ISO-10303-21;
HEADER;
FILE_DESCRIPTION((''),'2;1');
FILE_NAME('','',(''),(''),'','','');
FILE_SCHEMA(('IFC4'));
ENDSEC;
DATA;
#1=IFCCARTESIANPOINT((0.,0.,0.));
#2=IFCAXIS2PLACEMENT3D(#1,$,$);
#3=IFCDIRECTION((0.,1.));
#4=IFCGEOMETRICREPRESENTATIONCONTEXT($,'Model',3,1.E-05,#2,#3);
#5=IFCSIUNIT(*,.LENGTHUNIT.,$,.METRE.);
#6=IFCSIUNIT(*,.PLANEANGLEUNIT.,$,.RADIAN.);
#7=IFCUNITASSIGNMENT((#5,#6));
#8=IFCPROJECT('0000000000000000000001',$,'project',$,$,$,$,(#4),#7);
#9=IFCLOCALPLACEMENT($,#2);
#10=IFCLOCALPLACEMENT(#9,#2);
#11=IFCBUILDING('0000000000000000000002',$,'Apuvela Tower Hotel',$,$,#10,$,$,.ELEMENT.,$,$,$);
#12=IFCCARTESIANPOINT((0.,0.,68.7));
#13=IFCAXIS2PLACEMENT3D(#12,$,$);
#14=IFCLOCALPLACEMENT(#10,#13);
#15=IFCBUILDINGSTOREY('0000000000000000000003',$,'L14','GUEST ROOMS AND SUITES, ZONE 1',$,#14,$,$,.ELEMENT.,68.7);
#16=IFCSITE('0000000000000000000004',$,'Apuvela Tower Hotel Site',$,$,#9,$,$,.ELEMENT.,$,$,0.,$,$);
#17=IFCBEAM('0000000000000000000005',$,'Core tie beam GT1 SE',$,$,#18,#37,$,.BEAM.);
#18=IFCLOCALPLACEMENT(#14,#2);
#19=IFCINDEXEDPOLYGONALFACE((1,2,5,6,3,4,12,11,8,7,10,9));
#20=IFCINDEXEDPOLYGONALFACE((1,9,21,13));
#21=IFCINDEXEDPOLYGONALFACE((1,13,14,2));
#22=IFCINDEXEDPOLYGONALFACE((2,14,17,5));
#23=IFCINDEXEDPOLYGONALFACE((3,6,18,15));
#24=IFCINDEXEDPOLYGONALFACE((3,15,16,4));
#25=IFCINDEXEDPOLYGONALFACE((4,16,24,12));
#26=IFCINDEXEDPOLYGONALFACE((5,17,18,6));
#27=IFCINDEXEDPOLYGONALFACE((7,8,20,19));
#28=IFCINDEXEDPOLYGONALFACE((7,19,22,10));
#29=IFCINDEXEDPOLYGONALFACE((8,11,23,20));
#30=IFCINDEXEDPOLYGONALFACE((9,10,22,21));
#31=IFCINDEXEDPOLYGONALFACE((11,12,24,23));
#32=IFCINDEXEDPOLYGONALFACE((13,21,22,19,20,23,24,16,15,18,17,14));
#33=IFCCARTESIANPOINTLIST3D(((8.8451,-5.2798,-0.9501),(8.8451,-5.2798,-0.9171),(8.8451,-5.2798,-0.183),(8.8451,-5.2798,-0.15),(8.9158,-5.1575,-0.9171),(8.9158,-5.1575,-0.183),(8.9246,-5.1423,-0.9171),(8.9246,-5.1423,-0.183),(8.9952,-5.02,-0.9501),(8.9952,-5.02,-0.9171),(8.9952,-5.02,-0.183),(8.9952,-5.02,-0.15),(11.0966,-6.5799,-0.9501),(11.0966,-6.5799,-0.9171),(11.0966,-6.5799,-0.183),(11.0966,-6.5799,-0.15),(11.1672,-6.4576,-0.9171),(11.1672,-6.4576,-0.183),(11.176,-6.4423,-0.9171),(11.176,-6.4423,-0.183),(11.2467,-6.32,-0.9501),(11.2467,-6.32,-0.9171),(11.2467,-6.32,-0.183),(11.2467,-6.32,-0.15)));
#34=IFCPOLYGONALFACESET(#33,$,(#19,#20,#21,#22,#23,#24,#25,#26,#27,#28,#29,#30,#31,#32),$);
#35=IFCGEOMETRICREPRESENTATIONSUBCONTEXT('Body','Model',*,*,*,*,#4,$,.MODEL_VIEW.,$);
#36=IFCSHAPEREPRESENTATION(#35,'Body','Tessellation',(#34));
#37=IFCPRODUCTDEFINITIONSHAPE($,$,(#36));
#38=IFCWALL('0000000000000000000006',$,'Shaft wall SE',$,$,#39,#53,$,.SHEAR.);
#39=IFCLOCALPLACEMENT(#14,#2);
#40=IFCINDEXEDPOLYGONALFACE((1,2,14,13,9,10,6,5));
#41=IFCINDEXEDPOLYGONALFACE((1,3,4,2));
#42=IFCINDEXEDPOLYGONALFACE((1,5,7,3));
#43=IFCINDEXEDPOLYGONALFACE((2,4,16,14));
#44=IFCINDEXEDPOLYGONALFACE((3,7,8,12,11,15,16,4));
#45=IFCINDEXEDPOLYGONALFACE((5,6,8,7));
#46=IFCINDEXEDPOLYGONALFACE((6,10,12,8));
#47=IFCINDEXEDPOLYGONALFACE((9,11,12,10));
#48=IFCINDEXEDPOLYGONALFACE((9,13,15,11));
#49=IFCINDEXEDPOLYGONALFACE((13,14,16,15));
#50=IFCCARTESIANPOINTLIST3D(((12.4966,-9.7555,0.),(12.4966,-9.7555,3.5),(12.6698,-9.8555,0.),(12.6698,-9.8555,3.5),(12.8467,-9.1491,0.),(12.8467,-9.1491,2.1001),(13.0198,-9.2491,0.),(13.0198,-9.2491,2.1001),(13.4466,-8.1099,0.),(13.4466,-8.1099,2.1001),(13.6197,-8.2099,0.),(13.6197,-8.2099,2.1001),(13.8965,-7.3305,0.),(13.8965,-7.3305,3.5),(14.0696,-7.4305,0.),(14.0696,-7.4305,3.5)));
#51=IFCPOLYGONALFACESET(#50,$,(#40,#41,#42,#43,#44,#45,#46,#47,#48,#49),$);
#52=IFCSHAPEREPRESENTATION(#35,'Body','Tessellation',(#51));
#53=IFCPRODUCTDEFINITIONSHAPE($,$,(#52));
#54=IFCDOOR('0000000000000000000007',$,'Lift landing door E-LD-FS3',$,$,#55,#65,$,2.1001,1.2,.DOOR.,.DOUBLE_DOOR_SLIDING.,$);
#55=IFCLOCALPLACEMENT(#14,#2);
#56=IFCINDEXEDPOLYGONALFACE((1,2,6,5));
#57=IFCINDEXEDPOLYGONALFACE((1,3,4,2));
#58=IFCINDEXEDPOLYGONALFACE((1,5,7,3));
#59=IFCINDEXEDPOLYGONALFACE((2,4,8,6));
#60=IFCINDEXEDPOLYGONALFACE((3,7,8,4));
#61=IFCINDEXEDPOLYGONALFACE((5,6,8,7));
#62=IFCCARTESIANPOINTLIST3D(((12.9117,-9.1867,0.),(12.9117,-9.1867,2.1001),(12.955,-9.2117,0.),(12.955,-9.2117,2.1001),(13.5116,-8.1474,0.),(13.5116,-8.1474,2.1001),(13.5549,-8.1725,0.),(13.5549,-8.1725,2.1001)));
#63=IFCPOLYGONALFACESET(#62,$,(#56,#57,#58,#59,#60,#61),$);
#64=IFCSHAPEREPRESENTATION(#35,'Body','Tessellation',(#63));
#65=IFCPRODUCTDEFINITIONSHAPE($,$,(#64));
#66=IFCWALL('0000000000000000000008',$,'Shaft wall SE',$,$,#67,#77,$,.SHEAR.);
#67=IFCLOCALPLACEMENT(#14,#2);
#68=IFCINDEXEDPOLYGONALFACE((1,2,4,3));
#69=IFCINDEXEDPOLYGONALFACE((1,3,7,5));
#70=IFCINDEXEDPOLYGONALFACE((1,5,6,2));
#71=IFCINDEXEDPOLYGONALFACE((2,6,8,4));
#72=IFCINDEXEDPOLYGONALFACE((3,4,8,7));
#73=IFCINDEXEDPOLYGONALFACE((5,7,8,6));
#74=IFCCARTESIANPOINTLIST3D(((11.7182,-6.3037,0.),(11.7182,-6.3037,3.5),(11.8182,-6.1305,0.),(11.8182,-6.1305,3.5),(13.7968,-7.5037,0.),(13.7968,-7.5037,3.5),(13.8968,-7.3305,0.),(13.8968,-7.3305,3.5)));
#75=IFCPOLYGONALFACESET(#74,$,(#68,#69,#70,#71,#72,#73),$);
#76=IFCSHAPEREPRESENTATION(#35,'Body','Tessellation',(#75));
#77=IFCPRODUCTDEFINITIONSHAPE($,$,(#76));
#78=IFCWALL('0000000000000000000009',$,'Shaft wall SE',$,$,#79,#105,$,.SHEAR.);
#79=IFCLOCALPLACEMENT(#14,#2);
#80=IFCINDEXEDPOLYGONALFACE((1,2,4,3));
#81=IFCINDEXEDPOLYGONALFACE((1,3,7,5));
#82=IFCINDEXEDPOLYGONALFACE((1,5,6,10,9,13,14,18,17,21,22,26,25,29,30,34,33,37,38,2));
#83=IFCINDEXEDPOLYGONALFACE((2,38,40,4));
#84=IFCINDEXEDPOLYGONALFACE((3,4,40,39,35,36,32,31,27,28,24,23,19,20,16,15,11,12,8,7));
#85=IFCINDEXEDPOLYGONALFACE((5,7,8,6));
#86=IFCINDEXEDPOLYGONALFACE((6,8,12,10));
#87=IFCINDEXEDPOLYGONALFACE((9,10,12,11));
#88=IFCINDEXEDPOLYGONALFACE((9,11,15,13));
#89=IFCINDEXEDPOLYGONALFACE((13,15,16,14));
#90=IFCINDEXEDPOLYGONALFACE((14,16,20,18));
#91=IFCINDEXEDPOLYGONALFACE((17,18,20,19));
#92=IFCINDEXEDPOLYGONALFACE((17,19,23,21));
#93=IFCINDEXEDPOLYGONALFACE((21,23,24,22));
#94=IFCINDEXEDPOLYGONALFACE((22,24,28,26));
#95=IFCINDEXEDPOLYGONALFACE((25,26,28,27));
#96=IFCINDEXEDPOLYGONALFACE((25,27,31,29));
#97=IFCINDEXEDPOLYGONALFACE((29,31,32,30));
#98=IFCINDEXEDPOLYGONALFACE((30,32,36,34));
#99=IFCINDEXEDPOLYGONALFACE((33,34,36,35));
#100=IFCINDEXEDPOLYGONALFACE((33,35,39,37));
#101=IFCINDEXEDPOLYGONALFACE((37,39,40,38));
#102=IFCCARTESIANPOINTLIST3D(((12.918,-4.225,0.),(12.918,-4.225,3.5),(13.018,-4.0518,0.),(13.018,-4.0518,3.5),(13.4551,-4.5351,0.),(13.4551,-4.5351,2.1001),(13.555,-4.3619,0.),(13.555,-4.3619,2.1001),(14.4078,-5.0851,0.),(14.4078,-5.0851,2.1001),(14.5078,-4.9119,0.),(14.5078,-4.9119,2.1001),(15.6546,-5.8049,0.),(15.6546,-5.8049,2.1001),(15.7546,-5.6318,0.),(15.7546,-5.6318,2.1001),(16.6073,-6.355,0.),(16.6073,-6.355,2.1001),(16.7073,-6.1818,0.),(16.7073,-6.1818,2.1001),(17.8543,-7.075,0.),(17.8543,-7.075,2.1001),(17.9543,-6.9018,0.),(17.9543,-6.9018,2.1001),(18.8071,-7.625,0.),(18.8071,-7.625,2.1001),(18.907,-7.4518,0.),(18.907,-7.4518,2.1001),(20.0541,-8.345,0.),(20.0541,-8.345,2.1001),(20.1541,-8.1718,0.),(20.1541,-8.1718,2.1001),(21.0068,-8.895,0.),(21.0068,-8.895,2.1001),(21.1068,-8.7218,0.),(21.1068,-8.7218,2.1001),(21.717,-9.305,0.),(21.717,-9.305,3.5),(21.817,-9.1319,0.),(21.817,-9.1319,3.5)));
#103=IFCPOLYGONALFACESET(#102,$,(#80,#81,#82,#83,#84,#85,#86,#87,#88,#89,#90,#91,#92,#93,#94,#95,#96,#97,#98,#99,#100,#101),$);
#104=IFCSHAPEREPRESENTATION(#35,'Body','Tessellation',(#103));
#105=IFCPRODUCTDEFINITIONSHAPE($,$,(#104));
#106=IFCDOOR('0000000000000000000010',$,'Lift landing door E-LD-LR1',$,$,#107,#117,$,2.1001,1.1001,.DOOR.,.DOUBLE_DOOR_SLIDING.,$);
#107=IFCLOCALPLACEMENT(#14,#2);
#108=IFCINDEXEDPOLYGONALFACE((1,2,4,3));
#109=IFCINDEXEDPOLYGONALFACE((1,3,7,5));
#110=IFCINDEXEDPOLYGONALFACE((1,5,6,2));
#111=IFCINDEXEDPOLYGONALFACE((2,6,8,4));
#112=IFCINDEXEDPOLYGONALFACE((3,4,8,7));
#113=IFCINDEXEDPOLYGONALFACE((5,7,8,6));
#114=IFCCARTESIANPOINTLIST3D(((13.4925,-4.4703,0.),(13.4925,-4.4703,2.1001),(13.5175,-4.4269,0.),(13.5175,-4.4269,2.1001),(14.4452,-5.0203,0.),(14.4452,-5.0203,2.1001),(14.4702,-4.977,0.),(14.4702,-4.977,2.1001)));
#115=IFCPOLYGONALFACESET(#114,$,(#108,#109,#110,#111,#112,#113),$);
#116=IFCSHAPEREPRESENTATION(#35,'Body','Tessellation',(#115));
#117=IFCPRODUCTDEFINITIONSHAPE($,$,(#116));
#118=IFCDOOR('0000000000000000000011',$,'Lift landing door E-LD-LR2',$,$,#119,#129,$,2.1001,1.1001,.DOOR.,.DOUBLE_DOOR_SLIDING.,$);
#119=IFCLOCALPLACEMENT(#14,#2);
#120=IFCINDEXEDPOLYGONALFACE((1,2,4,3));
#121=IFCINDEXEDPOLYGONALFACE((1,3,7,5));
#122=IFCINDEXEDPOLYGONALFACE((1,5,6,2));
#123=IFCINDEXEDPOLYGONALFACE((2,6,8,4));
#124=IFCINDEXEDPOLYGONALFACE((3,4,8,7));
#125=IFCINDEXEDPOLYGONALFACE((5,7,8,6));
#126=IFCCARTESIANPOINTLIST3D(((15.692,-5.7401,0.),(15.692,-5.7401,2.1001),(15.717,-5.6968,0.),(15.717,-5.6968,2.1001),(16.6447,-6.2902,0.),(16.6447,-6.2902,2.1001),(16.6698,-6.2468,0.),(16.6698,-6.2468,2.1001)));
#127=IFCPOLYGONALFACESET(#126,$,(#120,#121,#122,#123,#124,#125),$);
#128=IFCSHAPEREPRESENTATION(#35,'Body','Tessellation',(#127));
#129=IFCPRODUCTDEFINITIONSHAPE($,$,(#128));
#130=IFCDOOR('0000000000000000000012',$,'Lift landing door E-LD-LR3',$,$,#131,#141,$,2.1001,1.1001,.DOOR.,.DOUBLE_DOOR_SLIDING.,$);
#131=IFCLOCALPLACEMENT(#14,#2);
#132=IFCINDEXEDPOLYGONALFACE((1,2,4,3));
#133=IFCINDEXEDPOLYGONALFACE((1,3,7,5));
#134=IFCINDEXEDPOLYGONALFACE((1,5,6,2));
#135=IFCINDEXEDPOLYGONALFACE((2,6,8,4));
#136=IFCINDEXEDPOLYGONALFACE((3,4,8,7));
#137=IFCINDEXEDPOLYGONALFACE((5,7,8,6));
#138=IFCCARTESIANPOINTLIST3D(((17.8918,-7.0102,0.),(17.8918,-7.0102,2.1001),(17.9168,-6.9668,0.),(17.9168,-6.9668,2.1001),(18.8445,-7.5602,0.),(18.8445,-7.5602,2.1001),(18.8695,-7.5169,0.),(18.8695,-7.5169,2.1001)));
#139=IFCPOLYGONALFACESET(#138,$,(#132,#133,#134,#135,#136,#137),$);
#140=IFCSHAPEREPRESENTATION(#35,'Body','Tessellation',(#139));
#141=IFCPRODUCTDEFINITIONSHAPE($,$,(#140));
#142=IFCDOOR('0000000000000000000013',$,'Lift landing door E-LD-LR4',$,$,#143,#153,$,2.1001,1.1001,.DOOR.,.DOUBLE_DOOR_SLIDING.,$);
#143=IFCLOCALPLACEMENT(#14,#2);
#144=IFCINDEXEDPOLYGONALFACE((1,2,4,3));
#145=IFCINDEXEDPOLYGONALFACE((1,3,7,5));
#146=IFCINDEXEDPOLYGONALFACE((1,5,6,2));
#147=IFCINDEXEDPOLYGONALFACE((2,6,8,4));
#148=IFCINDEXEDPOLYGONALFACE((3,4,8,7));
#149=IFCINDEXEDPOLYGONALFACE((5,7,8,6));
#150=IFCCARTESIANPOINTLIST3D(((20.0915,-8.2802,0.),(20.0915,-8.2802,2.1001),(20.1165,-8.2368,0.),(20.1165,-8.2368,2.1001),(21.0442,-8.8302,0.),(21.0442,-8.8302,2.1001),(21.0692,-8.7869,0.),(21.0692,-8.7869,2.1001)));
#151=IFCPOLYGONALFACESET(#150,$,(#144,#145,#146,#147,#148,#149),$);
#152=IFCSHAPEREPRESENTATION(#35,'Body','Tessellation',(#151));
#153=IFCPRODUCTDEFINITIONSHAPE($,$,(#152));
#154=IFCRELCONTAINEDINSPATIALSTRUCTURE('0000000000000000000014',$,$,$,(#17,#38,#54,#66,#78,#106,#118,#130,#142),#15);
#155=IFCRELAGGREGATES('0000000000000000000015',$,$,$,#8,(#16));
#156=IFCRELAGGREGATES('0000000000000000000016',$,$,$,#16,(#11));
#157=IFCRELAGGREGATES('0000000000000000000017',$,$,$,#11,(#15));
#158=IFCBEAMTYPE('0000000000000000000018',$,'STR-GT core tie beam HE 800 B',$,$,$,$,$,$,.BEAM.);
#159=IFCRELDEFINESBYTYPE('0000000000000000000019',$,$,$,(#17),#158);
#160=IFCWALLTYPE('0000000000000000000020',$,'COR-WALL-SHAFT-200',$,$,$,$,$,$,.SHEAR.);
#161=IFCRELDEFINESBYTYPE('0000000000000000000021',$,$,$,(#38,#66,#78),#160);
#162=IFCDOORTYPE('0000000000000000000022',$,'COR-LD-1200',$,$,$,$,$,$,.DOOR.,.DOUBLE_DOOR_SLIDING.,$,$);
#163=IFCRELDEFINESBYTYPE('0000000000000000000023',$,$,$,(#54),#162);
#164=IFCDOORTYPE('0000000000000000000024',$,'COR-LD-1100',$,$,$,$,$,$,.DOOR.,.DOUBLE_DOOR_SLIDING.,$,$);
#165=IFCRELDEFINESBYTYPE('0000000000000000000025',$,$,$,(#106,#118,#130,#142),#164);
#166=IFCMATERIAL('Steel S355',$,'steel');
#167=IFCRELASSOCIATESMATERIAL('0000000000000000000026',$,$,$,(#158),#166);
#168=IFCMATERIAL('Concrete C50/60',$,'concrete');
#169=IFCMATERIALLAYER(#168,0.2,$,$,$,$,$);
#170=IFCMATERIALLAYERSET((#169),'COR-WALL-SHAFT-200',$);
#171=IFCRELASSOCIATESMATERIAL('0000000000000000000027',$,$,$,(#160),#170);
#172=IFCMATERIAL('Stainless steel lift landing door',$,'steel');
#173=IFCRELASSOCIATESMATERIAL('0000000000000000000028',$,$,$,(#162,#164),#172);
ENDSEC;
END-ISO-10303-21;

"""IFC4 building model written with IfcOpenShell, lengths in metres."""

from ifc_helpers import new_model, si_unit, direction, frame, frame_2d, origin, origin_2d, place, context, subcontext, project, spatial, rectangle, i_section, extrude, material, layer, layer_set, material_profile, profile_set, type_object, element, fill, save


model = new_model("IFC4")

# Units and contexts
model_context = context("Model", 3, precision=1e-05, world=origin(), true_north=direction((0.0, 1.0)))
body_context = subcontext(model_context, "Body", "Model", "MODEL_VIEW")
ifc_project = project(units=[si_unit("LENGTHUNIT", "METRE"), si_unit("PLANEANGLEUNIT", "RADIAN")], contexts=[model_context])

# Site, building, storey
site_placement = place(None, origin())
site = spatial("IfcSite", under=ifc_project, at=site_placement, Name="Apuvela Tower Hotel Site", CompositionType="ELEMENT", RefElevation=0.0)
building_placement = place(site_placement, origin())
building = spatial("IfcBuilding", under=site, at=building_placement, Name="Apuvela Tower Hotel", CompositionType="ELEMENT")
storey_placement = place(building_placement, frame((0.0, 0.0, 68.7)))
storey = spatial("IfcBuildingStorey", under=building, at=storey_placement, Name="L14", Description="GUEST ROOMS AND SUITES, ZONE 1", CompositionType="ELEMENT", Elevation=68.7)

# Beam
ifc_material_1 = material(Name="Steel S355", Category="steel")
ifc_material_profile = material_profile(ifc_material_1, i_section(OverallWidth=0.3, OverallDepth=0.8, WebThickness=0.0176, FlangeThickness=0.033, at=origin_2d()), Name="HE 800 B")
ifc_profile_set = profile_set([ifc_material_profile], Name="Steel S355")
beam_type = type_object("IfcBeamType", Name="STR-GT core tie beam HE 800 B", PredefinedType="BEAM", material=ifc_profile_set)
beam_placement = place(storey_placement, frame((11.1716, -6.45, -0.55), z_axis=(-0.865998, 0.500048, 0.0), x_axis=(-0.500048, -0.865998, 0.0)))
element("IfcBeam", 1, at=beam_placement, inside=storey, type_object=beam_type, Name="Core tie beam GT1 SE", PredefinedType="BEAM", context=body_context, shape_type="SweptSolid", body=[
    extrude(i_section(OverallWidth=0.3, OverallDepth=0.8, WebThickness=0.0176, FlangeThickness=0.033, at=origin_2d()), origin(), (0.0, 0.0, 1.0), 2.5999),
])

# Wall, opening, door
ifc_material_2 = material(Name="Concrete C50/60", Category="concrete")
ifc_layer_1 = layer(ifc_material_2, 0.2)
ifc_layer_set_1 = layer_set([ifc_layer_1], Name="COR-WALL-SHAFT-200")
wall_type_1 = type_object("IfcWallType", Name="COR-WALL-SHAFT-200", PredefinedType="SHEAR", material=ifc_layer_set_1)
wall_1_placement = place(storey_placement, frame((12.5833, -9.8054, 0.0), z_axis=(0.0, 0.0, 1.0), x_axis=(0.499946, 0.866056, 0.0)))
wall_1 = element("IfcWall", 2, at=wall_1_placement, inside=storey, type_object=wall_type_1, Name="Shaft wall SE", PredefinedType="SHEAR", context=body_context, shape_type="SweptSolid", body=[
    extrude(rectangle(XDim=2.8, YDim=0.2, at=frame_2d((1.3999, 0.0))), origin(), (0.0, 0.0, 1.0), 3.5),
])
opening_1_placement = place(wall_1_placement, frame((0.7, 0.0, 0.0)))
opening_1 = element("IfcOpeningElement", 3, at=opening_1_placement, cuts=wall_1, PredefinedType="OPENING", context=body_context, shape_type="SweptSolid", body=[
    extrude(rectangle(XDim=1.2, YDim=2.1001, at=frame_2d((0.6001, 1.05))), frame((0.0, 0.1099, 0.0), z_axis=(0.0, -1.0, 0.0), x_axis=(1.0, 0.0, 0.0)), (0.0, 0.0, 1.0), 0.22),
])
ifc_material_3 = material(Name="Stainless steel lift landing door", Category="steel")
door_type_1 = type_object("IfcDoorType", Name="COR-LD-1200", OperationType="DOUBLE_DOOR_SLIDING", PredefinedType="DOOR", material=ifc_material_3)
door_1_placement = place(opening_1_placement, origin())
door_1 = element("IfcDoor", 4, at=door_1_placement, inside=storey, type_object=door_type_1, Name="Lift landing door E-LD-FS3", OperationType="DOUBLE_DOOR_SLIDING", OverallHeight=2.1001, OverallWidth=1.2, PredefinedType="DOOR", context=body_context, shape_type="SweptSolid", body=[
    extrude(rectangle(XDim=1.2, YDim=2.1001, at=frame_2d((0.6001, 1.05))), frame((0.0, 0.0249, 0.0), z_axis=(0.0, -1.0, 0.0), x_axis=(1.0, 0.0, 0.0)), (0.0, 0.0, 1.0), 0.05),
])
fill(opening_1, door_1)

# Wall
wall_2_placement = place(storey_placement, frame((11.7681, -6.217, 0.0), z_axis=(0.0, 0.0, 1.0), x_axis=(0.86605, -0.499957, 0.0)))
element("IfcWall", 5, at=wall_2_placement, inside=storey, type_object=wall_type_1, Name="Shaft wall SE", PredefinedType="SHEAR", context=body_context, shape_type="SweptSolid", body=[
    extrude(rectangle(XDim=2.4001, YDim=0.2, at=frame_2d((1.2002, 0.0))), origin(), (0.0, 0.0, 1.0), 3.5),
])

# Wall, openings, doors
wall_3_placement = place(storey_placement, frame((12.968, -4.1384, 0.0), z_axis=(0.0, 0.0, 1.0), x_axis=(0.866028, -0.499995, 0.0)))
wall_3 = element("IfcWall", 6, at=wall_3_placement, inside=storey, type_object=wall_type_1, Name="Shaft wall SE", PredefinedType="SHEAR", context=body_context, shape_type="SweptSolid", body=[
    extrude(rectangle(XDim=10.1602, YDim=0.2, at=frame_2d((5.0801, 0.0))), origin(), (0.0, 0.0, 1.0), 3.5),
])
opening_2_placement = place(wall_3_placement, frame((0.6201, 0.0, 0.0)))
opening_2 = element("IfcOpeningElement", 7, at=opening_2_placement, cuts=wall_3, PredefinedType="OPENING", context=body_context, shape_type="SweptSolid", body=[
    extrude(rectangle(XDim=1.1001, YDim=2.1001, at=frame_2d((0.55, 1.05))), frame((0.0, 0.1099, 0.0), z_axis=(0.0, -1.0, 0.0), x_axis=(1.0, 0.0, 0.0)), (0.0, 0.0, 1.0), 0.22),
])
opening_3_placement = place(wall_3_placement, frame((3.1599, 0.0, 0.0)))
opening_3 = element("IfcOpeningElement", 8, at=opening_3_placement, cuts=wall_3, PredefinedType="OPENING", context=body_context, shape_type="SweptSolid", body=[
    extrude(rectangle(XDim=1.1001, YDim=2.1001, at=frame_2d((0.55, 1.05))), frame((0.0, 0.1099, 0.0), z_axis=(0.0, -1.0, 0.0), x_axis=(1.0, 0.0, 0.0)), (0.0, 0.0, 1.0), 0.22),
])
opening_4_placement = place(wall_3_placement, frame((5.7, 0.0, 0.0)))
opening_4 = element("IfcOpeningElement", 9, at=opening_4_placement, cuts=wall_3, PredefinedType="OPENING", context=body_context, shape_type="SweptSolid", body=[
    extrude(rectangle(XDim=1.1001, YDim=2.1001, at=frame_2d((0.55, 1.05))), frame((0.0, 0.1099, 0.0), z_axis=(0.0, -1.0, 0.0), x_axis=(1.0, 0.0, 0.0)), (0.0, 0.0, 1.0), 0.22),
])
opening_5_placement = place(wall_3_placement, frame((8.24, 0.0, 0.0)))
opening_5 = element("IfcOpeningElement", 10, at=opening_5_placement, cuts=wall_3, PredefinedType="OPENING", context=body_context, shape_type="SweptSolid", body=[
    extrude(rectangle(XDim=1.1001, YDim=2.1001, at=frame_2d((0.55, 1.05))), frame((0.0, 0.1099, 0.0), z_axis=(0.0, -1.0, 0.0), x_axis=(1.0, 0.0, 0.0)), (0.0, 0.0, 1.0), 0.22),
])
door_type_2 = type_object("IfcDoorType", Name="COR-LD-1100", OperationType="DOUBLE_DOOR_SLIDING", PredefinedType="DOOR", material=ifc_material_3)
door_2_placement = place(opening_2_placement, origin())
door_2 = element("IfcDoor", 11, at=door_2_placement, inside=storey, type_object=door_type_2, Name="Lift landing door E-LD-LR1", OperationType="DOUBLE_DOOR_SLIDING", OverallHeight=2.1001, OverallWidth=1.1001, PredefinedType="DOOR", context=body_context, shape_type="SweptSolid", body=[
    extrude(rectangle(XDim=1.1001, YDim=2.1001, at=frame_2d((0.55, 1.05))), frame((0.0, 0.0249, 0.0), z_axis=(0.0, -1.0, 0.0), x_axis=(1.0, 0.0, 0.0)), (0.0, 0.0, 1.0), 0.05),
])
fill(opening_2, door_2)
door_3_placement = place(opening_3_placement, origin())
door_3 = element("IfcDoor", 12, at=door_3_placement, inside=storey, type_object=door_type_2, Name="Lift landing door E-LD-LR2", OperationType="DOUBLE_DOOR_SLIDING", OverallHeight=2.1001, OverallWidth=1.1001, PredefinedType="DOOR", context=body_context, shape_type="SweptSolid", body=[
    extrude(rectangle(XDim=1.1001, YDim=2.1001, at=frame_2d((0.55, 1.05))), frame((0.0, 0.0249, 0.0), z_axis=(0.0, -1.0, 0.0), x_axis=(1.0, 0.0, 0.0)), (0.0, 0.0, 1.0), 0.05),
])
fill(opening_3, door_3)
door_4_placement = place(opening_4_placement, origin())
door_4 = element("IfcDoor", 13, at=door_4_placement, inside=storey, type_object=door_type_2, Name="Lift landing door E-LD-LR3", OperationType="DOUBLE_DOOR_SLIDING", OverallHeight=2.1001, OverallWidth=1.1001, PredefinedType="DOOR", context=body_context, shape_type="SweptSolid", body=[
    extrude(rectangle(XDim=1.1001, YDim=2.1001, at=frame_2d((0.55, 1.05))), frame((0.0, 0.0249, 0.0), z_axis=(0.0, -1.0, 0.0), x_axis=(1.0, 0.0, 0.0)), (0.0, 0.0, 1.0), 0.05),
])
fill(opening_4, door_4)
door_5_placement = place(opening_5_placement, origin())
door_5 = element("IfcDoor", 14, at=door_5_placement, inside=storey, type_object=door_type_2, Name="Lift landing door E-LD-LR4", OperationType="DOUBLE_DOOR_SLIDING", OverallHeight=2.1001, OverallWidth=1.1001, PredefinedType="DOOR", context=body_context, shape_type="SweptSolid", body=[
    extrude(rectangle(XDim=1.1001, YDim=2.1001, at=frame_2d((0.55, 1.05))), frame((0.0, 0.0249, 0.0), z_axis=(0.0, -1.0, 0.0), x_axis=(1.0, 0.0, 0.0)), (0.0, 0.0, 1.0), 0.05),
])
fill(opening_5, door_5)

save(model, "model.ifc")
